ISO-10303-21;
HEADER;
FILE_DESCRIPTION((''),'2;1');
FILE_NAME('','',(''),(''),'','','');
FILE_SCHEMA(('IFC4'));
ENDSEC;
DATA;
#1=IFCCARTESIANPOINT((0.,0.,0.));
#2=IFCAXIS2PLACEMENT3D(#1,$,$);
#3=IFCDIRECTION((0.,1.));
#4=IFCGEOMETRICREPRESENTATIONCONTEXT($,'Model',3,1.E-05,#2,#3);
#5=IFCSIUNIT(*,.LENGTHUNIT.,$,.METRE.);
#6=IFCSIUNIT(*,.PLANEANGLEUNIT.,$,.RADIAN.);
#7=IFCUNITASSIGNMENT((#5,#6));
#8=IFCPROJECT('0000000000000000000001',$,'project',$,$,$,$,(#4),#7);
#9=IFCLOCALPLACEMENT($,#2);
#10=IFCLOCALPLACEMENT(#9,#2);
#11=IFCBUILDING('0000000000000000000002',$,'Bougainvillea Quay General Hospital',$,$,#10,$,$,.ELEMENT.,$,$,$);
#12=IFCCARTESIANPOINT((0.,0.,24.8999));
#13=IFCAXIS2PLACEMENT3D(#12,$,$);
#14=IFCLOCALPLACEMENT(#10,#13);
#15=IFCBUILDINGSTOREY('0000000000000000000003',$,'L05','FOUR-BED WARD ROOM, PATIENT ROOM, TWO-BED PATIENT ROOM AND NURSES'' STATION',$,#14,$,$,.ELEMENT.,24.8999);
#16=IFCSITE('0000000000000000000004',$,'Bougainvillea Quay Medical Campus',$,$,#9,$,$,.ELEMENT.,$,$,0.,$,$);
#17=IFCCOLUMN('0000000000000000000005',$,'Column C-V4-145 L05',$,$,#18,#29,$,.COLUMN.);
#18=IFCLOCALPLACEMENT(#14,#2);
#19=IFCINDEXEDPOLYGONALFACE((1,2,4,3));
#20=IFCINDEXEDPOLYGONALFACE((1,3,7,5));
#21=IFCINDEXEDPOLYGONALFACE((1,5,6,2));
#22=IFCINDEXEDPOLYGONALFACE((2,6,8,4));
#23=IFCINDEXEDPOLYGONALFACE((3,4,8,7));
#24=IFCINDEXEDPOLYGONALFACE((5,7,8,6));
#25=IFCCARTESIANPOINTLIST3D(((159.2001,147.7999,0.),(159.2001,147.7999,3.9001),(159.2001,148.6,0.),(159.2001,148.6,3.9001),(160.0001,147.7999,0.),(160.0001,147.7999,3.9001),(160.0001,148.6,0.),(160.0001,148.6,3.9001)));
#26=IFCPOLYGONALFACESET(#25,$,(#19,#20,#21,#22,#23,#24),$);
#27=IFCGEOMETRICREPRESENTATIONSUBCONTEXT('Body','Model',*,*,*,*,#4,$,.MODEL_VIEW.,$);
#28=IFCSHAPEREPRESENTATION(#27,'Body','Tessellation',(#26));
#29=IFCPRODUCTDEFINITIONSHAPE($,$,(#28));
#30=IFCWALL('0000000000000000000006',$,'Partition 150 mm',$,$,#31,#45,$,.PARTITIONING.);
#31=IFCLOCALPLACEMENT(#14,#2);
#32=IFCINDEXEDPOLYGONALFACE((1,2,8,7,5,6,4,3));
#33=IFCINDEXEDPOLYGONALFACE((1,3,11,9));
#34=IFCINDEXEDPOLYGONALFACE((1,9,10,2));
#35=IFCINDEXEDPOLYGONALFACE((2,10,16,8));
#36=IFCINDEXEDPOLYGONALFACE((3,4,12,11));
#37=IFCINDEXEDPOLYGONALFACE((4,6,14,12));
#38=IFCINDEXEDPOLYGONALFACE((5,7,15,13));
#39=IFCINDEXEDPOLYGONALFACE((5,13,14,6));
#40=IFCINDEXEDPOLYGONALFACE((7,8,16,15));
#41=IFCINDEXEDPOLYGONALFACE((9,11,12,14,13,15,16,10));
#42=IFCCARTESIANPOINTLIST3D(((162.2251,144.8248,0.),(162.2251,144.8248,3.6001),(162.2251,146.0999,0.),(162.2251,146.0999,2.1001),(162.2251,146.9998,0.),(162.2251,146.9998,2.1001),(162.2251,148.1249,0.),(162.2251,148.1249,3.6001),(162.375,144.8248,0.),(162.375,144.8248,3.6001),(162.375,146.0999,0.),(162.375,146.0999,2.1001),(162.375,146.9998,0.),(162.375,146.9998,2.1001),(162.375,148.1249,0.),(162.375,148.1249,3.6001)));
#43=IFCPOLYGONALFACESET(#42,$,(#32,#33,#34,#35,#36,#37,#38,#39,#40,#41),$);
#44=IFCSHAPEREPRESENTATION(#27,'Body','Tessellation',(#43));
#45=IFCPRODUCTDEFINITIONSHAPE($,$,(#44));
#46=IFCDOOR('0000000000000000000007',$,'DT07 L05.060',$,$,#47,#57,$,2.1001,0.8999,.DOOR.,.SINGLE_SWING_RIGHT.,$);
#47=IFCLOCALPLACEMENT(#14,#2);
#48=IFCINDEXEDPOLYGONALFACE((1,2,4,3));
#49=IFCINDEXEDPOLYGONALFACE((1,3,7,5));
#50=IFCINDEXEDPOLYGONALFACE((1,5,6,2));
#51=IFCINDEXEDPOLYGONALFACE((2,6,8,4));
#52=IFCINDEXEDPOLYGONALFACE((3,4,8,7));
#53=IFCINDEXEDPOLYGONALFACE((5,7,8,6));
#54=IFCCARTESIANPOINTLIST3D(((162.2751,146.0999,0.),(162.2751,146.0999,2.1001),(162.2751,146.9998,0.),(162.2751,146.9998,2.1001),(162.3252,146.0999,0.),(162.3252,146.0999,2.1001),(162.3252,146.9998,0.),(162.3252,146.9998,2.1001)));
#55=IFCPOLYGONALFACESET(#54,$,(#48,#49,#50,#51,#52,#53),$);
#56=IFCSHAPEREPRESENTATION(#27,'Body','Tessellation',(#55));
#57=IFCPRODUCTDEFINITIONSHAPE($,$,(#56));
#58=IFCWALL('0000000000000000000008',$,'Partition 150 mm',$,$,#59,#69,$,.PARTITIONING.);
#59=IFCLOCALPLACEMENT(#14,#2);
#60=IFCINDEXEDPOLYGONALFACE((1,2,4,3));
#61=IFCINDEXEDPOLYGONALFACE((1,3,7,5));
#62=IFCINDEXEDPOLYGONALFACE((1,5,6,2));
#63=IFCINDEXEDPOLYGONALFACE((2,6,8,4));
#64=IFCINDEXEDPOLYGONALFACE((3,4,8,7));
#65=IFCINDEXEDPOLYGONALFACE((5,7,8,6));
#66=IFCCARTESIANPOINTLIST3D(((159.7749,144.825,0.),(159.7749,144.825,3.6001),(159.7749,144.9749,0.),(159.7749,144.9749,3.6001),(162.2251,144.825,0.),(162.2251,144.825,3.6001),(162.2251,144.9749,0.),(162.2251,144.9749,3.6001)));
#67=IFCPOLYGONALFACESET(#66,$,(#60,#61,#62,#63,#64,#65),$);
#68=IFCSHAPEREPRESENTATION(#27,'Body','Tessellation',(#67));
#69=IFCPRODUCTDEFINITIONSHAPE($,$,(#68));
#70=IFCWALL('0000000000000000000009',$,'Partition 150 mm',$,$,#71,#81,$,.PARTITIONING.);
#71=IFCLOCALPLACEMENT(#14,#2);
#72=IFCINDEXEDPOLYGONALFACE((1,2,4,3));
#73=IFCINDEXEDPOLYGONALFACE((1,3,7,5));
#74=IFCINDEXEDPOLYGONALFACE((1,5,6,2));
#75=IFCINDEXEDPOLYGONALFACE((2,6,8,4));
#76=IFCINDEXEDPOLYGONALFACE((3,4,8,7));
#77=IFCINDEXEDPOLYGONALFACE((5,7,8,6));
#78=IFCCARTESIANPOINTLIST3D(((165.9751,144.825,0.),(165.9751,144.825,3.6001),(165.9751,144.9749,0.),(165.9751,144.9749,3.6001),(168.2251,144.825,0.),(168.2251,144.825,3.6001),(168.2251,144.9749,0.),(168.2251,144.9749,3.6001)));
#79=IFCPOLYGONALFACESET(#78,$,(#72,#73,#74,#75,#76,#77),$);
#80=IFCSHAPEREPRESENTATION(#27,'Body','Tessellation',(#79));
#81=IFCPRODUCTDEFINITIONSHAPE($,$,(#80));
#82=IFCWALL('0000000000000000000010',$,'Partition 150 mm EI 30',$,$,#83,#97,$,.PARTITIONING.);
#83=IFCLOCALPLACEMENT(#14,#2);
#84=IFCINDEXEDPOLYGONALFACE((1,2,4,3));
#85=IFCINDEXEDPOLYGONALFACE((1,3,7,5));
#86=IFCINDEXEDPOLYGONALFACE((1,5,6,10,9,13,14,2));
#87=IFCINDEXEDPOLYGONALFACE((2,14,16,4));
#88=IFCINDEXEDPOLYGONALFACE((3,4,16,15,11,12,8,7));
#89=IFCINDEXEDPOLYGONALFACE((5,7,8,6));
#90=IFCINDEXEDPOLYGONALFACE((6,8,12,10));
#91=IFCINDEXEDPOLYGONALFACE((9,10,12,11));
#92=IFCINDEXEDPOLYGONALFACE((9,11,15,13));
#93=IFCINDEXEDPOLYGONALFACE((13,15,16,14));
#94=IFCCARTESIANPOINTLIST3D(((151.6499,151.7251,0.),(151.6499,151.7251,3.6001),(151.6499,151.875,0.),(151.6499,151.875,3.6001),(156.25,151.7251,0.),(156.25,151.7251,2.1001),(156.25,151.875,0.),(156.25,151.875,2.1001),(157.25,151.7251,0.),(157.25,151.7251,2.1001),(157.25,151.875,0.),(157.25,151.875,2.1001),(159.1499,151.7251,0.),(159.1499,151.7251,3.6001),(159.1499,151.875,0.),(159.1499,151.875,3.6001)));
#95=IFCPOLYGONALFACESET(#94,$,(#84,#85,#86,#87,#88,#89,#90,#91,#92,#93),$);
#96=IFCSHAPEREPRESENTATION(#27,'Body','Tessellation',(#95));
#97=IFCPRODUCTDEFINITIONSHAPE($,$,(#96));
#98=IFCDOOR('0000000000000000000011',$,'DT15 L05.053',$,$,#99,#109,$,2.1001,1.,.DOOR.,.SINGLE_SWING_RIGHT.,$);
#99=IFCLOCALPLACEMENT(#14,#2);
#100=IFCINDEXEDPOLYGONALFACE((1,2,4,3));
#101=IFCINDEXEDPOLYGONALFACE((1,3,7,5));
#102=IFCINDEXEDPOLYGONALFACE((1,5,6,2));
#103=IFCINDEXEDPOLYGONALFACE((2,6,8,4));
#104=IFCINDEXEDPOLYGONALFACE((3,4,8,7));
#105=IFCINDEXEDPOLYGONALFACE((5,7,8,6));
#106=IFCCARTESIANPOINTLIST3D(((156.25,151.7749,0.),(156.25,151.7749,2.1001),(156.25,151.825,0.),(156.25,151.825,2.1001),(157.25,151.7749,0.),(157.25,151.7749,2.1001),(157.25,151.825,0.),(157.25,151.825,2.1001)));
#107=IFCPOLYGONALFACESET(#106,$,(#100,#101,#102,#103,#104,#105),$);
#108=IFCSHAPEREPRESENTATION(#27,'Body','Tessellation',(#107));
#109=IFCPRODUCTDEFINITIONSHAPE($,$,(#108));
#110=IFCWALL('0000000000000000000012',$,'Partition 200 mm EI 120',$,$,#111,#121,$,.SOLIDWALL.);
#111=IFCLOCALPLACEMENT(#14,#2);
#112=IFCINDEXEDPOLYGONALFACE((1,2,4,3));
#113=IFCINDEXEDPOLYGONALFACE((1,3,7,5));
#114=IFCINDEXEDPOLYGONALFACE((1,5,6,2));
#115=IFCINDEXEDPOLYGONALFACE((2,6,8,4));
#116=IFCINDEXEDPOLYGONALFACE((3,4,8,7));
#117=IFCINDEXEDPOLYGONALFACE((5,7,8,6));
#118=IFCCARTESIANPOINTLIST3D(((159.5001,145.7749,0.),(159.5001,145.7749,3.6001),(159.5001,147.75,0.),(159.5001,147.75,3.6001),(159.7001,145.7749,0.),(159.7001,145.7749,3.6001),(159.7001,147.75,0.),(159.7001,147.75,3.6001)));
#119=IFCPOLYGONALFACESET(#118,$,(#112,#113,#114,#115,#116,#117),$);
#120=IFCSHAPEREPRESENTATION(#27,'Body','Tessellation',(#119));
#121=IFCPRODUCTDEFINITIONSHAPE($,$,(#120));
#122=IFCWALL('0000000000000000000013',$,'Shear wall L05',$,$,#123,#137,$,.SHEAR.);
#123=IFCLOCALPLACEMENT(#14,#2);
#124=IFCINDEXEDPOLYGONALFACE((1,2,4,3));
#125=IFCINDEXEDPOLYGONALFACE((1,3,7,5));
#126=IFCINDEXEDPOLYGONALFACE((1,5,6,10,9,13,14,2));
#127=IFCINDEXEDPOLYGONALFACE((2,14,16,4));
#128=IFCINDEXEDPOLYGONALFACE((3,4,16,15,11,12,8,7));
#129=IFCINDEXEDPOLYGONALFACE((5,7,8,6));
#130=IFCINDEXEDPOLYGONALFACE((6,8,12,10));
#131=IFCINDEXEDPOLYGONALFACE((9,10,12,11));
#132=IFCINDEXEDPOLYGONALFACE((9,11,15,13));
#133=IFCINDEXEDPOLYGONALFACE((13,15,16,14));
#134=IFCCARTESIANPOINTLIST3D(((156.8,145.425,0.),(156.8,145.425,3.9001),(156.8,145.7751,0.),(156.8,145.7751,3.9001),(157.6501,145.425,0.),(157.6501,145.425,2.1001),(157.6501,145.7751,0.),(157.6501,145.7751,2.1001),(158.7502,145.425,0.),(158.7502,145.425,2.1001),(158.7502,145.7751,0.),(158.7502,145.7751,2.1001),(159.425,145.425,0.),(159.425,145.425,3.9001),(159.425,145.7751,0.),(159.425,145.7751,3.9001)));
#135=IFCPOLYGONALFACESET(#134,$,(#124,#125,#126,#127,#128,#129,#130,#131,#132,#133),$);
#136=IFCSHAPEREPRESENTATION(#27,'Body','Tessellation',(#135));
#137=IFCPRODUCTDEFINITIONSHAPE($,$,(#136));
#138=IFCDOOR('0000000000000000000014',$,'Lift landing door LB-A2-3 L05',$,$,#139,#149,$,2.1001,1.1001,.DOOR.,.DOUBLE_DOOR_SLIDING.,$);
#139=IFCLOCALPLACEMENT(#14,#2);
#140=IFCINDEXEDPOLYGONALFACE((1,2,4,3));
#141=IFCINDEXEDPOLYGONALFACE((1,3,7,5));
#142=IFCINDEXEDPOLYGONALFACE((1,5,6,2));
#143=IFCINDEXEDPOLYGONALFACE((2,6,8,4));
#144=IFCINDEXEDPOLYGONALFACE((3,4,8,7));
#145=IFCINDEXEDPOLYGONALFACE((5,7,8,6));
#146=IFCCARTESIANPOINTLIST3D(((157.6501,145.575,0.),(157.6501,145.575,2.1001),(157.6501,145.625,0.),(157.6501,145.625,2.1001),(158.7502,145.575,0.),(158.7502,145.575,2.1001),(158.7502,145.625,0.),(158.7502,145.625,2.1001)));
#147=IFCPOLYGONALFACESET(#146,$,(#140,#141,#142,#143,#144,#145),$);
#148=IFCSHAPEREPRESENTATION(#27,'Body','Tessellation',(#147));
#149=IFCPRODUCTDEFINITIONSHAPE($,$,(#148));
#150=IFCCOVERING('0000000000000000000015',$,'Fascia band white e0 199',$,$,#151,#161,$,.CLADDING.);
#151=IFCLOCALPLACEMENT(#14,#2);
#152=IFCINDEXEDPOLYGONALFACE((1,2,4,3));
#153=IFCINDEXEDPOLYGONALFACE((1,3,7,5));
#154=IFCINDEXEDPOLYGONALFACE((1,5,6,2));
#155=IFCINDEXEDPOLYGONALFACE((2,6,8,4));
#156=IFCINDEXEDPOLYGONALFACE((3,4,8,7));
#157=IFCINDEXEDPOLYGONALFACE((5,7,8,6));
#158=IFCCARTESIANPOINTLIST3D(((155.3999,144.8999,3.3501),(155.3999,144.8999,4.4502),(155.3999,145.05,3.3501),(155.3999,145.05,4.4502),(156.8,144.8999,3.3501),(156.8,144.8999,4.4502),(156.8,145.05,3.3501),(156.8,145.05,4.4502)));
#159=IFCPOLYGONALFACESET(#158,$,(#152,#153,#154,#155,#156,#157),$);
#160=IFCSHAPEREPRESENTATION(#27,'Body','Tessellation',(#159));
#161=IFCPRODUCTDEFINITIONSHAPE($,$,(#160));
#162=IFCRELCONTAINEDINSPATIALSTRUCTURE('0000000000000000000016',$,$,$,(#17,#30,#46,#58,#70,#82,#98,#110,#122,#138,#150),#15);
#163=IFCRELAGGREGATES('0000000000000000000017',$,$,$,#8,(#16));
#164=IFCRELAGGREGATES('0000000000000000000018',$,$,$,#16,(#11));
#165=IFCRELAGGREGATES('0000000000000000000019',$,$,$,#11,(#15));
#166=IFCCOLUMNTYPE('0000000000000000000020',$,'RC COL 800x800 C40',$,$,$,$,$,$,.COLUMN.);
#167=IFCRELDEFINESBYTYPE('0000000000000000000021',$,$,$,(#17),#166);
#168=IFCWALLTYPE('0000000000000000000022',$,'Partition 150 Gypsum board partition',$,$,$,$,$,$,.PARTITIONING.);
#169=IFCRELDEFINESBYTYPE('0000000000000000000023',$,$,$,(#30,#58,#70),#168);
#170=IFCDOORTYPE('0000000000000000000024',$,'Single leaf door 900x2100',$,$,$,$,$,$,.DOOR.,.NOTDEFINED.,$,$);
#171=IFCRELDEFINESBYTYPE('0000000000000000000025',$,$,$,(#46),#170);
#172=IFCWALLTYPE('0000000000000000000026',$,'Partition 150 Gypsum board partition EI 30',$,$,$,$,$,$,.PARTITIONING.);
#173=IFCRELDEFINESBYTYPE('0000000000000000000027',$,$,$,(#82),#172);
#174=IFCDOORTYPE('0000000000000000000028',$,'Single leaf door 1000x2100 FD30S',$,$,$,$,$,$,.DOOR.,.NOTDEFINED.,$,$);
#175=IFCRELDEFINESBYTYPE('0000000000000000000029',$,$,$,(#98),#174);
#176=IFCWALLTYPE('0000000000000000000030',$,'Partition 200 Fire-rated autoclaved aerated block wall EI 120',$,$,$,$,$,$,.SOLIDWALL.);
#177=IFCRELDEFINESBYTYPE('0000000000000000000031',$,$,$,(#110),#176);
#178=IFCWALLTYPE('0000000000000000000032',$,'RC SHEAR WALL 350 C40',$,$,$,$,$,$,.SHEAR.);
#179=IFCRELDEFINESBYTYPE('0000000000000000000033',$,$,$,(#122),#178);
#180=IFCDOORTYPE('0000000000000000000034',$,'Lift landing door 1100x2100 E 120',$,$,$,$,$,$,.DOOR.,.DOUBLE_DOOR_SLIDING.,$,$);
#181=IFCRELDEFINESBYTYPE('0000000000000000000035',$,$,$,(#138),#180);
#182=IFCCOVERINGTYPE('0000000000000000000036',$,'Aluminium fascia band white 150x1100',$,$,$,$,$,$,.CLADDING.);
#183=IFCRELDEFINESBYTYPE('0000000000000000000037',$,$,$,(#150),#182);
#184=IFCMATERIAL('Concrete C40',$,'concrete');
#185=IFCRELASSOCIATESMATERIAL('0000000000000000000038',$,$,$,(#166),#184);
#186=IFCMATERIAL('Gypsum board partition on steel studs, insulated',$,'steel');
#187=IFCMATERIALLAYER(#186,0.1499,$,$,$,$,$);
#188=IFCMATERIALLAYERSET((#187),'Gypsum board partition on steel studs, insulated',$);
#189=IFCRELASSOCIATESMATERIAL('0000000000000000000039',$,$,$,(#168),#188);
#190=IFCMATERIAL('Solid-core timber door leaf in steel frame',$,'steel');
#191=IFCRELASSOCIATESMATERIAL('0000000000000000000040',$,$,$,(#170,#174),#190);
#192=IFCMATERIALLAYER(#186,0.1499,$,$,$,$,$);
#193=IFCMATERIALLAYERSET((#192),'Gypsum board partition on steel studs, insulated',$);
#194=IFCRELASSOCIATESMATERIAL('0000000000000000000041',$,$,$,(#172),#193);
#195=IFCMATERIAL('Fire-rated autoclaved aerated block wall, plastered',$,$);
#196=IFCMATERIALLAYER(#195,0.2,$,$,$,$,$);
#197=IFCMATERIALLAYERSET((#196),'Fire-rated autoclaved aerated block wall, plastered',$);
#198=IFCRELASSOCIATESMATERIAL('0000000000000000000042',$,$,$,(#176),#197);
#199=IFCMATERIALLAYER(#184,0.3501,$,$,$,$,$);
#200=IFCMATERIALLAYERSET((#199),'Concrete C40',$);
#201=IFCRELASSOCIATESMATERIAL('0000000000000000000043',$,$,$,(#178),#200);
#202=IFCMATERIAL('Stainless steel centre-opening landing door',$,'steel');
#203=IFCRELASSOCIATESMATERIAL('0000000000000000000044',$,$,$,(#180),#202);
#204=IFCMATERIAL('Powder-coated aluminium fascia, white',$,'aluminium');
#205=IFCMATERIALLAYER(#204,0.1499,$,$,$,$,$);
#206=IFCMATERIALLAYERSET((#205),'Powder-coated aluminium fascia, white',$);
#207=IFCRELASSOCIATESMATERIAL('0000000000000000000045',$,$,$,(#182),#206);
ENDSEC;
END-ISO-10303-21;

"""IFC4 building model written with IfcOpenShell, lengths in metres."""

from ifc_helpers import new_model, si_unit, direction, frame, frame_2d, origin, origin_2d, place, context, subcontext, project, spatial, polyline, rectangle, outline, extrude, material, layer, layer_set, material_profile, profile_set, type_object, element, fill, save


model = new_model("IFC4")

# Units and contexts
model_context = context("Model", 3, precision=1e-05, world=origin(), true_north=direction((0.0, 1.0)))
body_context = subcontext(model_context, "Body", "Model", "MODEL_VIEW")
ifc_project = project(units=[si_unit("LENGTHUNIT", "METRE"), si_unit("PLANEANGLEUNIT", "RADIAN")], contexts=[model_context])

# Site, building, storey
site_placement = place(None, origin())
site = spatial("IfcSite", under=ifc_project, at=site_placement, Name="Bougainvillea Quay Medical Campus", CompositionType="ELEMENT", RefElevation=0.0)
building_placement = place(site_placement, origin())
building = spatial("IfcBuilding", under=site, at=building_placement, Name="Bougainvillea Quay General Hospital", CompositionType="ELEMENT")
storey_placement = place(building_placement, frame((0.0, 0.0, 24.8999)))
storey = spatial("IfcBuildingStorey", under=building, at=storey_placement, Name="L05", Description="FOUR-BED WARD ROOM, PATIENT ROOM, TWO-BED PATIENT ROOM AND NURSES' STATION", CompositionType="ELEMENT", Elevation=24.8999)

# Column
ifc_material_1 = material(Name="Concrete C40", Category="concrete")
ifc_material_profile_1 = material_profile(ifc_material_1, rectangle(XDim=0.8, YDim=0.8, at=origin_2d()))
ifc_profile_set_1 = profile_set([ifc_material_profile_1], Name="Concrete C40")
column_type = type_object("IfcColumnType", Name="RC COL 800x800 C40", PredefinedType="COLUMN", material=ifc_profile_set_1)
column_placement = place(storey_placement, frame((159.6001, 148.2, 0.0), z_axis=(0.0, 0.0, 1.0), x_axis=(1.0, 0.0, 0.0)))
element("IfcColumn", 1, at=column_placement, inside=storey, type_object=column_type, Name="Column C-V4-145 L05", PredefinedType="COLUMN", context=body_context, shape_type="SweptSolid", body=[
    extrude(rectangle(XDim=0.8, YDim=0.8, at=origin_2d()), origin(), (0.0, 0.0, 1.0), 3.9001),
])

# Wall, opening, door
ifc_material_2 = material(Name="Gypsum board partition on steel studs, insulated", Category="steel")
ifc_layer_1 = layer(ifc_material_2, 0.1499)
ifc_layer_set_1 = layer_set([ifc_layer_1], Name="Gypsum board partition on steel studs, insulated")
wall_type_1 = type_object("IfcWallType", Name="Partition 150 Gypsum board partition", PredefinedType="PARTITIONING", material=ifc_layer_set_1)
wall_1_placement = place(storey_placement, frame((162.3, 144.825, 0.0), z_axis=(0.0, 0.0, 1.0), x_axis=(0.0, 1.0, 0.0)))
wall_1 = element("IfcWall", 2, at=wall_1_placement, inside=storey, type_object=wall_type_1, Name="Partition 150 mm", PredefinedType="PARTITIONING", context=body_context, shape_type="SweptSolid", body=[
    extrude(rectangle(XDim=3.3, YDim=0.1499, at=frame_2d((1.6499, 0.0))), origin(), (0.0, 0.0, 1.0), 3.6001),
])
opening_1_placement = place(wall_1_placement, frame((1.2749, 0.0, 0.0)))
opening_1 = element("IfcOpeningElement", 3, at=opening_1_placement, cuts=wall_1, PredefinedType="OPENING", context=body_context, shape_type="SweptSolid", body=[
    extrude(rectangle(XDim=0.8999, YDim=2.1001, at=frame_2d((0.45, 1.05))), frame((0.0, 0.085, 0.0), z_axis=(0.0, -1.0, 0.0), x_axis=(1.0, 0.0, 0.0)), (0.0, 0.0, 1.0), 0.1699),
])
ifc_material_3 = material(Name="Solid-core timber door leaf in steel frame", Category="steel")
door_type_1 = type_object("IfcDoorType", Name="Single leaf door 900x2100", OperationType="NOTDEFINED", PredefinedType="DOOR", material=ifc_material_3)
door_1_placement = place(opening_1_placement, origin())
door_1 = element("IfcDoor", 4, at=door_1_placement, inside=storey, type_object=door_type_1, Name="DT07 L05.060", OperationType="SINGLE_SWING_RIGHT", OverallHeight=2.1001, OverallWidth=0.8999, PredefinedType="DOOR", context=body_context, shape_type="SweptSolid", body=[
    extrude(rectangle(XDim=0.8999, YDim=2.1001, at=frame_2d((0.45, 1.05))), frame((0.0, 0.0249, 0.0), z_axis=(0.0, -1.0, 0.0), x_axis=(1.0, 0.0, 0.0)), (0.0, 0.0, 1.0), 0.05),
])
fill(opening_1, door_1)

# Walls
wall_2_placement = place(storey_placement, frame((159.7749, 144.8999, 0.0), z_axis=(0.0, 0.0, 1.0), x_axis=(1.0, 0.0, 0.0)))
element("IfcWall", 5, at=wall_2_placement, inside=storey, type_object=wall_type_1, Name="Partition 150 mm", PredefinedType="PARTITIONING", context=body_context, shape_type="SweptSolid", body=[
    extrude(rectangle(XDim=2.4502, YDim=0.1499, at=frame_2d((1.2251, 0.0))), origin(), (0.0, 0.0, 1.0), 3.6001),
])
wall_3_placement = place(storey_placement, frame((165.9751, 144.8999, 0.0), z_axis=(0.0, 0.0, 1.0), x_axis=(1.0, 0.0, 0.0)))
element("IfcWall", 6, at=wall_3_placement, inside=storey, type_object=wall_type_1, Name="Partition 150 mm", PredefinedType="PARTITIONING", context=body_context, shape_type="SweptSolid", body=[
    extrude(rectangle(XDim=2.25, YDim=0.1499, at=frame_2d((1.125, 0.0))), origin(), (0.0, 0.0, 1.0), 3.6001),
])

# Wall, opening, door
ifc_layer_2 = layer(ifc_material_2, 0.1499)
ifc_layer_set_2 = layer_set([ifc_layer_2], Name="Gypsum board partition on steel studs, insulated")
wall_type_2 = type_object("IfcWallType", Name="Partition 150 Gypsum board partition EI 30", PredefinedType="PARTITIONING", material=ifc_layer_set_2)
wall_4_placement = place(storey_placement, frame((159.1499, 151.8, 0.0), z_axis=(0.0, 0.0, 1.0), x_axis=(-1.0, 0.0, 0.0)))
wall_4 = element("IfcWall", 7, at=wall_4_placement, inside=storey, type_object=wall_type_2, Name="Partition 150 mm EI 30", PredefinedType="PARTITIONING", context=body_context, shape_type="SweptSolid", body=[
    extrude(rectangle(XDim=7.5, YDim=0.1499, at=frame_2d((3.75, 0.0))), origin(), (0.0, 0.0, 1.0), 3.6001),
])
opening_2_placement = place(wall_4_placement, frame((1.8999, 0.0, 0.0)))
opening_2 = element("IfcOpeningElement", 8, at=opening_2_placement, cuts=wall_4, PredefinedType="OPENING", context=body_context, shape_type="SweptSolid", body=[
    extrude(rectangle(XDim=1.0, YDim=2.1001, at=frame_2d((0.5, 1.05))), frame((0.0, 0.085, 0.0), z_axis=(0.0, -1.0, 0.0), x_axis=(1.0, 0.0, 0.0)), (0.0, 0.0, 1.0), 0.1699),
])
door_type_2 = type_object("IfcDoorType", Name="Single leaf door 1000x2100 FD30S", OperationType="NOTDEFINED", PredefinedType="DOOR", material=ifc_material_3)
door_2_placement = place(opening_2_placement, frame((1.0, 0.0, 0.0), z_axis=(0.0, 0.0, 1.0), x_axis=(-1.0, 0.0, 0.0)))
door_2 = element("IfcDoor", 9, at=door_2_placement, inside=storey, type_object=door_type_2, Name="DT15 L05.053", OperationType="SINGLE_SWING_RIGHT", OverallHeight=2.1001, OverallWidth=1.0, PredefinedType="DOOR", context=body_context, shape_type="SweptSolid", body=[
    extrude(rectangle(XDim=1.0, YDim=2.1001, at=frame_2d((0.5, 1.05))), frame((0.0, 0.0249, 0.0), z_axis=(0.0, -1.0, 0.0), x_axis=(1.0, 0.0, 0.0)), (0.0, 0.0, 1.0), 0.05),
])
fill(opening_2, door_2)

# Wall
ifc_material_4 = material(Name="Fire-rated autoclaved aerated block wall, plastered")
ifc_layer_3 = layer(ifc_material_4, 0.2)
ifc_layer_set_3 = layer_set([ifc_layer_3], Name="Fire-rated autoclaved aerated block wall, plastered")
wall_type_3 = type_object("IfcWallType", Name="Partition 200 Fire-rated autoclaved aerated block wall EI 120", PredefinedType="SOLIDWALL", material=ifc_layer_set_3)
wall_5_placement = place(storey_placement, frame((159.6001, 145.7749, 0.0), z_axis=(0.0, 0.0, 1.0), x_axis=(0.0, 1.0, 0.0)))
element("IfcWall", 10, at=wall_5_placement, inside=storey, type_object=wall_type_3, Name="Partition 200 mm EI 120", PredefinedType="SOLIDWALL", context=body_context, shape_type="SweptSolid", body=[
    extrude(rectangle(XDim=1.9751, YDim=0.2, at=frame_2d((0.9875, 0.0))), origin(), (0.0, 0.0, 1.0), 3.6001),
])

# Wall, opening, door
ifc_layer_4 = layer(ifc_material_1, 0.3501)
ifc_layer_set_4 = layer_set([ifc_layer_4], Name="Concrete C40")
wall_type_4 = type_object("IfcWallType", Name="RC SHEAR WALL 350 C40", PredefinedType="SHEAR", material=ifc_layer_set_4)
wall_6_placement = place(storey_placement, frame((156.8, 145.6001, 0.0), z_axis=(0.0, 0.0, 1.0), x_axis=(1.0, 0.0, 0.0)))
wall_6 = element("IfcWall", 11, at=wall_6_placement, inside=storey, type_object=wall_type_4, Name="Shear wall L05", PredefinedType="SHEAR", context=body_context, shape_type="SweptSolid", body=[
    extrude(rectangle(XDim=2.625, YDim=0.3501, at=frame_2d((1.3125, 0.0))), origin(), (0.0, 0.0, 1.0), 3.9001),
])
opening_3_placement = place(wall_6_placement, frame((0.8501, 0.0, 0.0)))
opening_3 = element("IfcOpeningElement", 12, at=opening_3_placement, cuts=wall_6, PredefinedType="OPENING", context=body_context, shape_type="SweptSolid", body=[
    extrude(rectangle(XDim=1.1001, YDim=2.1001, at=frame_2d((0.55, 1.05))), frame((0.0, 0.1851, 0.0), z_axis=(0.0, -1.0, 0.0), x_axis=(1.0, 0.0, 0.0)), (0.0, 0.0, 1.0), 0.3701),
])
ifc_material_5 = material(Name="Stainless steel centre-opening landing door", Category="steel")
door_type_3 = type_object("IfcDoorType", Name="Lift landing door 1100x2100 E 120", OperationType="DOUBLE_DOOR_SLIDING", PredefinedType="DOOR", material=ifc_material_5)
door_3_placement = place(opening_3_placement, origin())
door_3 = element("IfcDoor", 13, at=door_3_placement, inside=storey, type_object=door_type_3, Name="Lift landing door LB-A2-3 L05", OperationType="DOUBLE_DOOR_SLIDING", OverallHeight=2.1001, OverallWidth=1.1001, PredefinedType="DOOR", context=body_context, shape_type="SweptSolid", body=[
    extrude(rectangle(XDim=1.1001, YDim=2.1001, at=frame_2d((0.55, 1.05))), frame((0.0, 0.0249, 0.0), z_axis=(0.0, -1.0, 0.0), x_axis=(1.0, 0.0, 0.0)), (0.0, 0.0, 1.0), 0.05),
])
fill(opening_3, door_3)

# Covering
ifc_material_6 = material(Name="Powder-coated aluminium fascia, white", Category="aluminium")
ifc_layer_5 = layer(ifc_material_6, 0.1499)
ifc_layer_set_5 = layer_set([ifc_layer_5], Name="Powder-coated aluminium fascia, white")
covering_type = type_object("IfcCoveringType", Name="Aluminium fascia band white 150x1100", PredefinedType="CLADDING", material=ifc_layer_set_5)
covering_1_placement = place(storey_placement, frame((155.3999, 145.05, 3.3501), z_axis=(0.0, 0.0, 1.0), x_axis=(1.0, 0.0, 0.0)))
element("IfcCovering", 14, at=covering_1_placement, inside=storey, type_object=covering_type, Name="Fascia band white e0 199", PredefinedType="CLADDING", context=body_context, shape_type="SweptSolid", body=[
    extrude(outline(polyline([(0.0, 0.0), (1.4001, 0.0), (1.4001, -0.1501), (0.0, -0.1501), (0.0, 0.0)])), origin(), (0.0, 0.0, 1.0), 1.1001),
])

save(model, "model.ifc")
